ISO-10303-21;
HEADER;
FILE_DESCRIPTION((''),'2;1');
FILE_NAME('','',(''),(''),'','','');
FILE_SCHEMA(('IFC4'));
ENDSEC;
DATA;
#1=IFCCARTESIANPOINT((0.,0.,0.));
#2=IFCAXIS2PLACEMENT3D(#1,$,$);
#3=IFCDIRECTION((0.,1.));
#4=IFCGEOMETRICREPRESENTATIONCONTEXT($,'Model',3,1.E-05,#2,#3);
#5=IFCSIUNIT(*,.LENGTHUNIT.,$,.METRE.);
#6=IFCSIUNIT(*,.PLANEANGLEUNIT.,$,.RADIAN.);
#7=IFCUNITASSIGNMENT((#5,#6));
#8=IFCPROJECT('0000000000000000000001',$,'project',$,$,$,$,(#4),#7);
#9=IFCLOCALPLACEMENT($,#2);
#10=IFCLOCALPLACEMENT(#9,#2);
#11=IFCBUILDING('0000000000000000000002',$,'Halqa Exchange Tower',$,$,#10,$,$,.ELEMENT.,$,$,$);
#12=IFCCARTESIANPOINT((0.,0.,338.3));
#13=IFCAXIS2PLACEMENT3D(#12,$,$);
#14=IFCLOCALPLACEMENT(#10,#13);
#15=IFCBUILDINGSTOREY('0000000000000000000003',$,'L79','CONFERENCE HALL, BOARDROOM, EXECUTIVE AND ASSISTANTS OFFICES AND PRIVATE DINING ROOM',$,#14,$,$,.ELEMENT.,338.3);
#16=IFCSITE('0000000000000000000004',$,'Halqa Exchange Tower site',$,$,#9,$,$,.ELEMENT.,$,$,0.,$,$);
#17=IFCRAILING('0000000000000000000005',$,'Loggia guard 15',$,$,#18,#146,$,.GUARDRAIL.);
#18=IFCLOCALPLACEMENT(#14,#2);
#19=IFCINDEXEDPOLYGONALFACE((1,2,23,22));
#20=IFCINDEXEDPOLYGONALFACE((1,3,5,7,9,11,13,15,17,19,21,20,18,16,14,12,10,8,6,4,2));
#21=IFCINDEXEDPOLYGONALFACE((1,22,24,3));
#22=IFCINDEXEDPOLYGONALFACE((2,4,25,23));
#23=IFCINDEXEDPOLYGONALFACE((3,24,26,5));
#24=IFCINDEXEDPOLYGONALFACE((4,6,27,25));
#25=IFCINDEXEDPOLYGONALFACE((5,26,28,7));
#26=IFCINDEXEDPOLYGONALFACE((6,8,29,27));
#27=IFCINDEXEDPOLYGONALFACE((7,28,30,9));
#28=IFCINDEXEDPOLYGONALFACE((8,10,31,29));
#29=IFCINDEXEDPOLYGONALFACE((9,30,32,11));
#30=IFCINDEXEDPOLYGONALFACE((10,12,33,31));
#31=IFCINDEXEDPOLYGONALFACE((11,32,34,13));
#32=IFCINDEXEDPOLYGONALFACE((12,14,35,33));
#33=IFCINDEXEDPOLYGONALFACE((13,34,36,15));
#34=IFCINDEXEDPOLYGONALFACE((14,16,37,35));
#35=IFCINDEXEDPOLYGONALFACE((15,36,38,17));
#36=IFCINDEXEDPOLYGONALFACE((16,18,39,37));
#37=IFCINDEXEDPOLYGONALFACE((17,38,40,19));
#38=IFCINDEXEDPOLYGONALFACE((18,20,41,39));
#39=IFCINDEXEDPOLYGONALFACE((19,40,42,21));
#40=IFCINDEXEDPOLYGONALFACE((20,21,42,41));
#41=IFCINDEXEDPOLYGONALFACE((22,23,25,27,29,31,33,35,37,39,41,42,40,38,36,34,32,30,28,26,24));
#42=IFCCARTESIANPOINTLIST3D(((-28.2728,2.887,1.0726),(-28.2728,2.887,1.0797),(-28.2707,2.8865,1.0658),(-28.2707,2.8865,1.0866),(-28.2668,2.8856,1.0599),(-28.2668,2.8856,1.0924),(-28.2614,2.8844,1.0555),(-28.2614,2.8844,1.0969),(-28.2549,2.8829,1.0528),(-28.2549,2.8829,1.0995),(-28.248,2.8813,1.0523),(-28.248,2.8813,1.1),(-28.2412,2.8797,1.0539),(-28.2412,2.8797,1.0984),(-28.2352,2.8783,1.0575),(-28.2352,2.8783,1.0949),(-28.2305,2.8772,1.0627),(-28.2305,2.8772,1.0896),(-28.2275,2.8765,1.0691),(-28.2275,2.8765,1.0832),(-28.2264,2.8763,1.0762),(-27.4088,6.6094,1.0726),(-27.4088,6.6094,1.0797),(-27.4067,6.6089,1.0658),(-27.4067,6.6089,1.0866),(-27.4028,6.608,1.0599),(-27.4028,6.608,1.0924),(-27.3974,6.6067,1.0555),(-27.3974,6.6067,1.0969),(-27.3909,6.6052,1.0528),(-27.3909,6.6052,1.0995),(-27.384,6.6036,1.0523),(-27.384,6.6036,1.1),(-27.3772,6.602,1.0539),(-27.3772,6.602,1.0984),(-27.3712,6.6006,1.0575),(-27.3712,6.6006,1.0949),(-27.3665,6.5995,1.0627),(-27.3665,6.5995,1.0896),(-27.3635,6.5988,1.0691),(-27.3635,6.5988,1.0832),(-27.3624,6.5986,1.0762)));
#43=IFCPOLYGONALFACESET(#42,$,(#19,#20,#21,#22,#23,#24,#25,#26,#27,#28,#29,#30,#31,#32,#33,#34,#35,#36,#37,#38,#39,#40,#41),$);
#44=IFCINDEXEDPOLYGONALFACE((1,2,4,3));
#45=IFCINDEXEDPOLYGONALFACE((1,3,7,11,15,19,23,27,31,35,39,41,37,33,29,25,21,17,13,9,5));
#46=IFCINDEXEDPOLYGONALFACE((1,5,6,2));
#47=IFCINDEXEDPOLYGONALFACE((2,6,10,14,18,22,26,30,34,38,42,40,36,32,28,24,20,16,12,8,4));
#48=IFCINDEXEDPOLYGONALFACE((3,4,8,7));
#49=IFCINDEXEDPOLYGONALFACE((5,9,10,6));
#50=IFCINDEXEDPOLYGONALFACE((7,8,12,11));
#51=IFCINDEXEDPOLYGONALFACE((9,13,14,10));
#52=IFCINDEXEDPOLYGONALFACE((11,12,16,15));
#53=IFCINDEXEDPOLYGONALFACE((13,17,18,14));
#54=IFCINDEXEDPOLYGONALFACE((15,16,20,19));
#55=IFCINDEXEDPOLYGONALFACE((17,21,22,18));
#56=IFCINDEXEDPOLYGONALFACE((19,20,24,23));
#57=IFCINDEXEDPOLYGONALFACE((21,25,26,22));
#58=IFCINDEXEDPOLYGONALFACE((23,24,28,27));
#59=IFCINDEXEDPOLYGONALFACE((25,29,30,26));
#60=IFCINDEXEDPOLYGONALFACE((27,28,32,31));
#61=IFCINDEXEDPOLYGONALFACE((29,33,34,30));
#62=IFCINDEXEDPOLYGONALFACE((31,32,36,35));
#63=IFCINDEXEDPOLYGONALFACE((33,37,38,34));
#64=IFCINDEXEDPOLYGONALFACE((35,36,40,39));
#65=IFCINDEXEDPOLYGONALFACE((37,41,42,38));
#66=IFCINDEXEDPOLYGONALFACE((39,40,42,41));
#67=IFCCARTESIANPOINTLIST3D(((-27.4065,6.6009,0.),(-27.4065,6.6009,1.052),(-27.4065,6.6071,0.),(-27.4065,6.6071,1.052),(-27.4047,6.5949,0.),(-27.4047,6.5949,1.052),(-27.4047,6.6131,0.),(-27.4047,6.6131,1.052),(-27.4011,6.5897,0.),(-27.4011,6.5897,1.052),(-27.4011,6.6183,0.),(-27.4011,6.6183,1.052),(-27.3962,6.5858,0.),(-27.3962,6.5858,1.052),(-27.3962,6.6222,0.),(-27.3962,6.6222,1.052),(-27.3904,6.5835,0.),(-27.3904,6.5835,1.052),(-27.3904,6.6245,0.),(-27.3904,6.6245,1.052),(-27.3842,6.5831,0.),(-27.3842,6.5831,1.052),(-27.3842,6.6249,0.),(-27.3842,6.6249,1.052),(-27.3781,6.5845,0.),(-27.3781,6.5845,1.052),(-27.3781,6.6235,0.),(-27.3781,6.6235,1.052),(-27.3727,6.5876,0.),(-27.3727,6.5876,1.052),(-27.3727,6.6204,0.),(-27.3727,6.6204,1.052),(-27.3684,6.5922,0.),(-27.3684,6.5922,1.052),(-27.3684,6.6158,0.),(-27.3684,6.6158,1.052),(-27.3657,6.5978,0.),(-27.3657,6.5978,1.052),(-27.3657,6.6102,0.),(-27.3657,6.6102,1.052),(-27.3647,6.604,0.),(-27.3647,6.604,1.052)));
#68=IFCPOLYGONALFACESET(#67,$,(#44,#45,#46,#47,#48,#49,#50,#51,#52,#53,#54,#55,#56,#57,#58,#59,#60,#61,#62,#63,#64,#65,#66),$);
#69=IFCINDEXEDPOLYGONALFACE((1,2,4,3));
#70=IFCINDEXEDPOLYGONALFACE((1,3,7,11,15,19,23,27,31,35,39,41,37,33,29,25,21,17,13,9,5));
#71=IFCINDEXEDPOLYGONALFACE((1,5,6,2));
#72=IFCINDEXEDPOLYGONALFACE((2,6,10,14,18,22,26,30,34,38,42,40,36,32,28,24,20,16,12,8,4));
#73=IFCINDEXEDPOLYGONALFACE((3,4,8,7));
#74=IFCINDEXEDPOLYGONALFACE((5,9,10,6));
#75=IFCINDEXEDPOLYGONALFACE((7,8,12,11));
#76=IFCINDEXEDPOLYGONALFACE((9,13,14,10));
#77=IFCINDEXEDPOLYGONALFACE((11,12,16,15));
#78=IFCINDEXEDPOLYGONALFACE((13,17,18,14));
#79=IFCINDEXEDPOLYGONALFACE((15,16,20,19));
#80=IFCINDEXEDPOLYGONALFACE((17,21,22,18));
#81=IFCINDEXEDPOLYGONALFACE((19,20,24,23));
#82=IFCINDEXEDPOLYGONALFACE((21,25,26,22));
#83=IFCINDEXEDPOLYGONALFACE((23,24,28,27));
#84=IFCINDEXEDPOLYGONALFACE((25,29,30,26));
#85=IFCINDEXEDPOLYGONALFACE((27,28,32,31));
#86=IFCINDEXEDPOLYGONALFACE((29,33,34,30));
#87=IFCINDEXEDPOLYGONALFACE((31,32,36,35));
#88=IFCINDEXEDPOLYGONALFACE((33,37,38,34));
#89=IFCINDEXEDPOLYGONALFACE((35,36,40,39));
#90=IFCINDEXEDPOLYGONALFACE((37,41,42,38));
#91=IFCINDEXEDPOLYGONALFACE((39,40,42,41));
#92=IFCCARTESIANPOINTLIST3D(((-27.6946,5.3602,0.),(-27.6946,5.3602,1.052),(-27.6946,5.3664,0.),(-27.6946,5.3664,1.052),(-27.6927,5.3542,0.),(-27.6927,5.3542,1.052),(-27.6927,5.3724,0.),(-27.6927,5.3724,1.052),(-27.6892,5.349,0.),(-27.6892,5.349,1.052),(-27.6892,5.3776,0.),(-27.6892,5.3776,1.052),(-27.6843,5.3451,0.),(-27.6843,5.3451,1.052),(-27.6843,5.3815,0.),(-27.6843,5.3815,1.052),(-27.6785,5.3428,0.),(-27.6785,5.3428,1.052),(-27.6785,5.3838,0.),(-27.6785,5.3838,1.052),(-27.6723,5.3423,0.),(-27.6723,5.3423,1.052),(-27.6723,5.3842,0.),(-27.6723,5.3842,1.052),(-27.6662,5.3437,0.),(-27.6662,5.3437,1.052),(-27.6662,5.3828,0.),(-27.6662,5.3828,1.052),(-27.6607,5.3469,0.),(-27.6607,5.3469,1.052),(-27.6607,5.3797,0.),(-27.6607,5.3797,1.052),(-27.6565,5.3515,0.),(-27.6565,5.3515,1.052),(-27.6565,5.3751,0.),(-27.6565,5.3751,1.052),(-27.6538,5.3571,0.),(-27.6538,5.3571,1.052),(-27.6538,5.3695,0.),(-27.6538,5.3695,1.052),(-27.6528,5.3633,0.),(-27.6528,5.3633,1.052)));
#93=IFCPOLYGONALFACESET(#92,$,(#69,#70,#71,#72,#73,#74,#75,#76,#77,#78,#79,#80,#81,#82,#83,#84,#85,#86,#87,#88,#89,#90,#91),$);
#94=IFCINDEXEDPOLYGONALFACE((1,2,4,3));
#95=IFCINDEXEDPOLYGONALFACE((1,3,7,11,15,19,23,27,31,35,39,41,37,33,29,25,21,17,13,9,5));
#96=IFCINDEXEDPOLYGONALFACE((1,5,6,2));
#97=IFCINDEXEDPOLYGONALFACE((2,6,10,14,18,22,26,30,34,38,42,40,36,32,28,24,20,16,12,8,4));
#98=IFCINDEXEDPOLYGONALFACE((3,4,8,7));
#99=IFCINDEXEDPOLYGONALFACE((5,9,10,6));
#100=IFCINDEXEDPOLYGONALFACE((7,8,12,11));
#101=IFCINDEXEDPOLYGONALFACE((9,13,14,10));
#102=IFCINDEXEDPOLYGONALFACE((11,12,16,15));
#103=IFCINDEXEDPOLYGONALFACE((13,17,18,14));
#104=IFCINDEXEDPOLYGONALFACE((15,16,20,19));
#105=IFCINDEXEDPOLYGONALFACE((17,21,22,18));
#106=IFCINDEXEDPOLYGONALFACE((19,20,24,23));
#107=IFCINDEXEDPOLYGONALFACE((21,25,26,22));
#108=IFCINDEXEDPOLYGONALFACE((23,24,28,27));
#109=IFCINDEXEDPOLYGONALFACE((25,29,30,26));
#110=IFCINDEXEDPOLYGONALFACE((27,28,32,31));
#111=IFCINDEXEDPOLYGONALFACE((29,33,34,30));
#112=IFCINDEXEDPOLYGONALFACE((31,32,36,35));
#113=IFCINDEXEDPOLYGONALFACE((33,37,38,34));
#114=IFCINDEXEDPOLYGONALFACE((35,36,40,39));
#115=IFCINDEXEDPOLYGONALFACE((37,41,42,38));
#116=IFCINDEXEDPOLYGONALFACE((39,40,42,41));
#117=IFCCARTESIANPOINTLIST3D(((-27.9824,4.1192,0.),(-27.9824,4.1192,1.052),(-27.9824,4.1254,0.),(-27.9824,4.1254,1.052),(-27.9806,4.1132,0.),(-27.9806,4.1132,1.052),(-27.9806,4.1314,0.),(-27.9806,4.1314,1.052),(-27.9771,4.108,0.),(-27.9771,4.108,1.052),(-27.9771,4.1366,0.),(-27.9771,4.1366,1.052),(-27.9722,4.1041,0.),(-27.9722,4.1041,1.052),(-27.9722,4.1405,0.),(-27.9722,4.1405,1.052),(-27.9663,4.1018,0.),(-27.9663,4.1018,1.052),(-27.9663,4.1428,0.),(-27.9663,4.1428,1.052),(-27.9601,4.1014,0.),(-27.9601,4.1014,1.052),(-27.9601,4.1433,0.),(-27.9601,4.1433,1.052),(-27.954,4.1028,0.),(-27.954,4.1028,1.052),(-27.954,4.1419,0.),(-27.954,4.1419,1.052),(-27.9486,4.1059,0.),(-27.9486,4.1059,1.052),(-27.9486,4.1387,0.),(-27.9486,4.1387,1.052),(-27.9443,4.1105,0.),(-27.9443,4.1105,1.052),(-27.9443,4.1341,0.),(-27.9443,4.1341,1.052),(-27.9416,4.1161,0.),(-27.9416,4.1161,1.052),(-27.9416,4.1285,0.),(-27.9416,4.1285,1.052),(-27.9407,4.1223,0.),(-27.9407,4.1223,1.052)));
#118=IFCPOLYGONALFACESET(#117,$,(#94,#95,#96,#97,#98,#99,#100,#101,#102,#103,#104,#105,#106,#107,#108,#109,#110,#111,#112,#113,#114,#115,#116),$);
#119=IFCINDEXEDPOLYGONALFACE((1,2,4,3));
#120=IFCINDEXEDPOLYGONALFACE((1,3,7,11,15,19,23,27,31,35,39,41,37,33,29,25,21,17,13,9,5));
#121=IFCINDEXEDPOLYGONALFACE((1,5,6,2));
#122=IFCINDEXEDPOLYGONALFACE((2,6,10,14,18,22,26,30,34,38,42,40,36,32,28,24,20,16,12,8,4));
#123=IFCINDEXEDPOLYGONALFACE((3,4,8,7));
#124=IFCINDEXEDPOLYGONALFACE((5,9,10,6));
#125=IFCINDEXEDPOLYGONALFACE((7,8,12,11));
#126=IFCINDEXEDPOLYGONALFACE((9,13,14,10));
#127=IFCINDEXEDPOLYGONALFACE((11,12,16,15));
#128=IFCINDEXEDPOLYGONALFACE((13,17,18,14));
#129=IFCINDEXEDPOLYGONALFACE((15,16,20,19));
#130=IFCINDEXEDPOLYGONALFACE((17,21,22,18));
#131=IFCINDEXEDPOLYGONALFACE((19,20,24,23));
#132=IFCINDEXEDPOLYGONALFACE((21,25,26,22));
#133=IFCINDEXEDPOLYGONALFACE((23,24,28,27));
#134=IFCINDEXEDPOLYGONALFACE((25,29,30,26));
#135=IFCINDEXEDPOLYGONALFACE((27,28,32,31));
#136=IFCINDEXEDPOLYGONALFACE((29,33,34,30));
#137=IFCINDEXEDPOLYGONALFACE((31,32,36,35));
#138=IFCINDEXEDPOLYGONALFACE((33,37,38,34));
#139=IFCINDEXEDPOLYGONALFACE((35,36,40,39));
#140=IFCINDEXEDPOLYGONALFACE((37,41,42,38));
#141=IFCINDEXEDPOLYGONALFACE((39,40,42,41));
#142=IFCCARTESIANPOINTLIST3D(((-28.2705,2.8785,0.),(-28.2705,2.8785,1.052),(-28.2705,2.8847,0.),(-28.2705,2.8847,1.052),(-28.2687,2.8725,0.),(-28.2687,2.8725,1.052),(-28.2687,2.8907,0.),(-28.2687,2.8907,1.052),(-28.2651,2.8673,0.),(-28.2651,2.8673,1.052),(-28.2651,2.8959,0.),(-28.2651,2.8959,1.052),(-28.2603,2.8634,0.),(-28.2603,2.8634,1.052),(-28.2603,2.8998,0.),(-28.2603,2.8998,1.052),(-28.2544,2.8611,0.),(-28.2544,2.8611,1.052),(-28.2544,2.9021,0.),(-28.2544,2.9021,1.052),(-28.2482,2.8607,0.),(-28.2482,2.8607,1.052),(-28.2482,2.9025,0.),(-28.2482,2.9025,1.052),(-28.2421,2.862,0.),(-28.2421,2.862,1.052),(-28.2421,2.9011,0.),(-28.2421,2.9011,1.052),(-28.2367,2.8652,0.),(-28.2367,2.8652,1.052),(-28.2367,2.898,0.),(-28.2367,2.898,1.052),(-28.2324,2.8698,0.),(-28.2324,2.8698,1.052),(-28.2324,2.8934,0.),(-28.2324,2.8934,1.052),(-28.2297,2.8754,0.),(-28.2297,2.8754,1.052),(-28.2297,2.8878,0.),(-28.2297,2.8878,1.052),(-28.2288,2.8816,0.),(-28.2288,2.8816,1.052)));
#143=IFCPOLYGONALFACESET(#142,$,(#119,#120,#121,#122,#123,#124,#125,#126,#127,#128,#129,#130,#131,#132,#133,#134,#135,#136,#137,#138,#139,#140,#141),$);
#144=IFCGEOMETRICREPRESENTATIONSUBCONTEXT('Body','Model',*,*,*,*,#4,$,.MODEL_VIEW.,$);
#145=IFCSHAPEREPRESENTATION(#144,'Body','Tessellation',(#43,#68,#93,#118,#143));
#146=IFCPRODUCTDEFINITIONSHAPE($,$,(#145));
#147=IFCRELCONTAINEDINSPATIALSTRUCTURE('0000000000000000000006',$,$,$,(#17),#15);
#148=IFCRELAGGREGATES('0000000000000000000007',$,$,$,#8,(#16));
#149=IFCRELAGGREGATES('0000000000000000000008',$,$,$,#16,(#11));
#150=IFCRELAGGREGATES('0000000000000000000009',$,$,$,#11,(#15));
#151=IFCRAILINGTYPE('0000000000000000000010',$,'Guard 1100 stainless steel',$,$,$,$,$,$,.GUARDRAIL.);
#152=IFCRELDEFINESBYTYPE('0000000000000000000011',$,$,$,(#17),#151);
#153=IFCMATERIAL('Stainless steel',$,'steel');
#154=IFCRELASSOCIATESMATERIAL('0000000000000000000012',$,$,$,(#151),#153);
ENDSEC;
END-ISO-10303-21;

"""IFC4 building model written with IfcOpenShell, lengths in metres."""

from ifc_helpers import new_model, si_unit, direction, frame, origin, origin_2d, place, context, subcontext, project, spatial, circle, extrude, material, type_object, element, save


model = new_model("IFC4")

# Units and contexts
model_context = context("Model", 3, precision=1e-05, world=origin(), true_north=direction((0.0, 1.0)))
body_context = subcontext(model_context, "Body", "Model", "MODEL_VIEW")
ifc_project = project(units=[si_unit("LENGTHUNIT", "METRE"), si_unit("PLANEANGLEUNIT", "RADIAN")], contexts=[model_context])

# Site, building, storey
site_placement = place(None, origin())
site = spatial("IfcSite", under=ifc_project, at=site_placement, Name="Halqa Exchange Tower site", CompositionType="ELEMENT", RefElevation=0.0)
building_placement = place(site_placement, origin())
building = spatial("IfcBuilding", under=site, at=building_placement, Name="Halqa Exchange Tower", CompositionType="ELEMENT")
storey_placement = place(building_placement, frame((0.0, 0.0, 338.3)))
storey = spatial("IfcBuildingStorey", under=building, at=storey_placement, Name="L79", Description="CONFERENCE HALL, BOARDROOM, EXECUTIVE AND ASSISTANTS OFFICES AND PRIVATE DINING ROOM", CompositionType="ELEMENT", Elevation=338.3)

# Railing
ifc_material_1 = material(Name="Stainless steel", Category="steel")
railing_type = type_object("IfcRailingType", Name="Guard 1100 stainless steel", PredefinedType="GUARDRAIL", material=ifc_material_1)
railing_1_placement = place(storey_placement, frame((-27.3857, 6.604, 0.0)))
element("IfcRailing", 1, at=railing_1_placement, inside=storey, type_object=railing_type, Name="Loggia guard 15", PredefinedType="GUARDRAIL", context=body_context, shape_type="SweptSolid", body=[
    extrude(circle(Radius=0.0239, at=origin_2d()), frame((0.0, 0.0, 1.0762), z_axis=(-0.2261, -0.974104, 0.0), x_axis=(0.974104, -0.2261, 0.0)), (0.0, 0.0, 1.0), 3.8213),
    extrude(circle(Radius=0.021, at=origin_2d()), origin(), (0.0, 0.0, 1.0), 1.052),
    extrude(circle(Radius=0.021, at=origin_2d()), frame((-0.2881, -1.2407, 0.0)), (0.0, 0.0, 1.0), 1.052),
    extrude(circle(Radius=0.021, at=origin_2d()), frame((-0.5759, -2.4817, 0.0)), (0.0, 0.0, 1.0), 1.052),
    extrude(circle(Radius=0.021, at=origin_2d()), frame((-0.864, -3.7224, 0.0)), (0.0, 0.0, 1.0), 1.052),
])

save(model, "model.ifc")
